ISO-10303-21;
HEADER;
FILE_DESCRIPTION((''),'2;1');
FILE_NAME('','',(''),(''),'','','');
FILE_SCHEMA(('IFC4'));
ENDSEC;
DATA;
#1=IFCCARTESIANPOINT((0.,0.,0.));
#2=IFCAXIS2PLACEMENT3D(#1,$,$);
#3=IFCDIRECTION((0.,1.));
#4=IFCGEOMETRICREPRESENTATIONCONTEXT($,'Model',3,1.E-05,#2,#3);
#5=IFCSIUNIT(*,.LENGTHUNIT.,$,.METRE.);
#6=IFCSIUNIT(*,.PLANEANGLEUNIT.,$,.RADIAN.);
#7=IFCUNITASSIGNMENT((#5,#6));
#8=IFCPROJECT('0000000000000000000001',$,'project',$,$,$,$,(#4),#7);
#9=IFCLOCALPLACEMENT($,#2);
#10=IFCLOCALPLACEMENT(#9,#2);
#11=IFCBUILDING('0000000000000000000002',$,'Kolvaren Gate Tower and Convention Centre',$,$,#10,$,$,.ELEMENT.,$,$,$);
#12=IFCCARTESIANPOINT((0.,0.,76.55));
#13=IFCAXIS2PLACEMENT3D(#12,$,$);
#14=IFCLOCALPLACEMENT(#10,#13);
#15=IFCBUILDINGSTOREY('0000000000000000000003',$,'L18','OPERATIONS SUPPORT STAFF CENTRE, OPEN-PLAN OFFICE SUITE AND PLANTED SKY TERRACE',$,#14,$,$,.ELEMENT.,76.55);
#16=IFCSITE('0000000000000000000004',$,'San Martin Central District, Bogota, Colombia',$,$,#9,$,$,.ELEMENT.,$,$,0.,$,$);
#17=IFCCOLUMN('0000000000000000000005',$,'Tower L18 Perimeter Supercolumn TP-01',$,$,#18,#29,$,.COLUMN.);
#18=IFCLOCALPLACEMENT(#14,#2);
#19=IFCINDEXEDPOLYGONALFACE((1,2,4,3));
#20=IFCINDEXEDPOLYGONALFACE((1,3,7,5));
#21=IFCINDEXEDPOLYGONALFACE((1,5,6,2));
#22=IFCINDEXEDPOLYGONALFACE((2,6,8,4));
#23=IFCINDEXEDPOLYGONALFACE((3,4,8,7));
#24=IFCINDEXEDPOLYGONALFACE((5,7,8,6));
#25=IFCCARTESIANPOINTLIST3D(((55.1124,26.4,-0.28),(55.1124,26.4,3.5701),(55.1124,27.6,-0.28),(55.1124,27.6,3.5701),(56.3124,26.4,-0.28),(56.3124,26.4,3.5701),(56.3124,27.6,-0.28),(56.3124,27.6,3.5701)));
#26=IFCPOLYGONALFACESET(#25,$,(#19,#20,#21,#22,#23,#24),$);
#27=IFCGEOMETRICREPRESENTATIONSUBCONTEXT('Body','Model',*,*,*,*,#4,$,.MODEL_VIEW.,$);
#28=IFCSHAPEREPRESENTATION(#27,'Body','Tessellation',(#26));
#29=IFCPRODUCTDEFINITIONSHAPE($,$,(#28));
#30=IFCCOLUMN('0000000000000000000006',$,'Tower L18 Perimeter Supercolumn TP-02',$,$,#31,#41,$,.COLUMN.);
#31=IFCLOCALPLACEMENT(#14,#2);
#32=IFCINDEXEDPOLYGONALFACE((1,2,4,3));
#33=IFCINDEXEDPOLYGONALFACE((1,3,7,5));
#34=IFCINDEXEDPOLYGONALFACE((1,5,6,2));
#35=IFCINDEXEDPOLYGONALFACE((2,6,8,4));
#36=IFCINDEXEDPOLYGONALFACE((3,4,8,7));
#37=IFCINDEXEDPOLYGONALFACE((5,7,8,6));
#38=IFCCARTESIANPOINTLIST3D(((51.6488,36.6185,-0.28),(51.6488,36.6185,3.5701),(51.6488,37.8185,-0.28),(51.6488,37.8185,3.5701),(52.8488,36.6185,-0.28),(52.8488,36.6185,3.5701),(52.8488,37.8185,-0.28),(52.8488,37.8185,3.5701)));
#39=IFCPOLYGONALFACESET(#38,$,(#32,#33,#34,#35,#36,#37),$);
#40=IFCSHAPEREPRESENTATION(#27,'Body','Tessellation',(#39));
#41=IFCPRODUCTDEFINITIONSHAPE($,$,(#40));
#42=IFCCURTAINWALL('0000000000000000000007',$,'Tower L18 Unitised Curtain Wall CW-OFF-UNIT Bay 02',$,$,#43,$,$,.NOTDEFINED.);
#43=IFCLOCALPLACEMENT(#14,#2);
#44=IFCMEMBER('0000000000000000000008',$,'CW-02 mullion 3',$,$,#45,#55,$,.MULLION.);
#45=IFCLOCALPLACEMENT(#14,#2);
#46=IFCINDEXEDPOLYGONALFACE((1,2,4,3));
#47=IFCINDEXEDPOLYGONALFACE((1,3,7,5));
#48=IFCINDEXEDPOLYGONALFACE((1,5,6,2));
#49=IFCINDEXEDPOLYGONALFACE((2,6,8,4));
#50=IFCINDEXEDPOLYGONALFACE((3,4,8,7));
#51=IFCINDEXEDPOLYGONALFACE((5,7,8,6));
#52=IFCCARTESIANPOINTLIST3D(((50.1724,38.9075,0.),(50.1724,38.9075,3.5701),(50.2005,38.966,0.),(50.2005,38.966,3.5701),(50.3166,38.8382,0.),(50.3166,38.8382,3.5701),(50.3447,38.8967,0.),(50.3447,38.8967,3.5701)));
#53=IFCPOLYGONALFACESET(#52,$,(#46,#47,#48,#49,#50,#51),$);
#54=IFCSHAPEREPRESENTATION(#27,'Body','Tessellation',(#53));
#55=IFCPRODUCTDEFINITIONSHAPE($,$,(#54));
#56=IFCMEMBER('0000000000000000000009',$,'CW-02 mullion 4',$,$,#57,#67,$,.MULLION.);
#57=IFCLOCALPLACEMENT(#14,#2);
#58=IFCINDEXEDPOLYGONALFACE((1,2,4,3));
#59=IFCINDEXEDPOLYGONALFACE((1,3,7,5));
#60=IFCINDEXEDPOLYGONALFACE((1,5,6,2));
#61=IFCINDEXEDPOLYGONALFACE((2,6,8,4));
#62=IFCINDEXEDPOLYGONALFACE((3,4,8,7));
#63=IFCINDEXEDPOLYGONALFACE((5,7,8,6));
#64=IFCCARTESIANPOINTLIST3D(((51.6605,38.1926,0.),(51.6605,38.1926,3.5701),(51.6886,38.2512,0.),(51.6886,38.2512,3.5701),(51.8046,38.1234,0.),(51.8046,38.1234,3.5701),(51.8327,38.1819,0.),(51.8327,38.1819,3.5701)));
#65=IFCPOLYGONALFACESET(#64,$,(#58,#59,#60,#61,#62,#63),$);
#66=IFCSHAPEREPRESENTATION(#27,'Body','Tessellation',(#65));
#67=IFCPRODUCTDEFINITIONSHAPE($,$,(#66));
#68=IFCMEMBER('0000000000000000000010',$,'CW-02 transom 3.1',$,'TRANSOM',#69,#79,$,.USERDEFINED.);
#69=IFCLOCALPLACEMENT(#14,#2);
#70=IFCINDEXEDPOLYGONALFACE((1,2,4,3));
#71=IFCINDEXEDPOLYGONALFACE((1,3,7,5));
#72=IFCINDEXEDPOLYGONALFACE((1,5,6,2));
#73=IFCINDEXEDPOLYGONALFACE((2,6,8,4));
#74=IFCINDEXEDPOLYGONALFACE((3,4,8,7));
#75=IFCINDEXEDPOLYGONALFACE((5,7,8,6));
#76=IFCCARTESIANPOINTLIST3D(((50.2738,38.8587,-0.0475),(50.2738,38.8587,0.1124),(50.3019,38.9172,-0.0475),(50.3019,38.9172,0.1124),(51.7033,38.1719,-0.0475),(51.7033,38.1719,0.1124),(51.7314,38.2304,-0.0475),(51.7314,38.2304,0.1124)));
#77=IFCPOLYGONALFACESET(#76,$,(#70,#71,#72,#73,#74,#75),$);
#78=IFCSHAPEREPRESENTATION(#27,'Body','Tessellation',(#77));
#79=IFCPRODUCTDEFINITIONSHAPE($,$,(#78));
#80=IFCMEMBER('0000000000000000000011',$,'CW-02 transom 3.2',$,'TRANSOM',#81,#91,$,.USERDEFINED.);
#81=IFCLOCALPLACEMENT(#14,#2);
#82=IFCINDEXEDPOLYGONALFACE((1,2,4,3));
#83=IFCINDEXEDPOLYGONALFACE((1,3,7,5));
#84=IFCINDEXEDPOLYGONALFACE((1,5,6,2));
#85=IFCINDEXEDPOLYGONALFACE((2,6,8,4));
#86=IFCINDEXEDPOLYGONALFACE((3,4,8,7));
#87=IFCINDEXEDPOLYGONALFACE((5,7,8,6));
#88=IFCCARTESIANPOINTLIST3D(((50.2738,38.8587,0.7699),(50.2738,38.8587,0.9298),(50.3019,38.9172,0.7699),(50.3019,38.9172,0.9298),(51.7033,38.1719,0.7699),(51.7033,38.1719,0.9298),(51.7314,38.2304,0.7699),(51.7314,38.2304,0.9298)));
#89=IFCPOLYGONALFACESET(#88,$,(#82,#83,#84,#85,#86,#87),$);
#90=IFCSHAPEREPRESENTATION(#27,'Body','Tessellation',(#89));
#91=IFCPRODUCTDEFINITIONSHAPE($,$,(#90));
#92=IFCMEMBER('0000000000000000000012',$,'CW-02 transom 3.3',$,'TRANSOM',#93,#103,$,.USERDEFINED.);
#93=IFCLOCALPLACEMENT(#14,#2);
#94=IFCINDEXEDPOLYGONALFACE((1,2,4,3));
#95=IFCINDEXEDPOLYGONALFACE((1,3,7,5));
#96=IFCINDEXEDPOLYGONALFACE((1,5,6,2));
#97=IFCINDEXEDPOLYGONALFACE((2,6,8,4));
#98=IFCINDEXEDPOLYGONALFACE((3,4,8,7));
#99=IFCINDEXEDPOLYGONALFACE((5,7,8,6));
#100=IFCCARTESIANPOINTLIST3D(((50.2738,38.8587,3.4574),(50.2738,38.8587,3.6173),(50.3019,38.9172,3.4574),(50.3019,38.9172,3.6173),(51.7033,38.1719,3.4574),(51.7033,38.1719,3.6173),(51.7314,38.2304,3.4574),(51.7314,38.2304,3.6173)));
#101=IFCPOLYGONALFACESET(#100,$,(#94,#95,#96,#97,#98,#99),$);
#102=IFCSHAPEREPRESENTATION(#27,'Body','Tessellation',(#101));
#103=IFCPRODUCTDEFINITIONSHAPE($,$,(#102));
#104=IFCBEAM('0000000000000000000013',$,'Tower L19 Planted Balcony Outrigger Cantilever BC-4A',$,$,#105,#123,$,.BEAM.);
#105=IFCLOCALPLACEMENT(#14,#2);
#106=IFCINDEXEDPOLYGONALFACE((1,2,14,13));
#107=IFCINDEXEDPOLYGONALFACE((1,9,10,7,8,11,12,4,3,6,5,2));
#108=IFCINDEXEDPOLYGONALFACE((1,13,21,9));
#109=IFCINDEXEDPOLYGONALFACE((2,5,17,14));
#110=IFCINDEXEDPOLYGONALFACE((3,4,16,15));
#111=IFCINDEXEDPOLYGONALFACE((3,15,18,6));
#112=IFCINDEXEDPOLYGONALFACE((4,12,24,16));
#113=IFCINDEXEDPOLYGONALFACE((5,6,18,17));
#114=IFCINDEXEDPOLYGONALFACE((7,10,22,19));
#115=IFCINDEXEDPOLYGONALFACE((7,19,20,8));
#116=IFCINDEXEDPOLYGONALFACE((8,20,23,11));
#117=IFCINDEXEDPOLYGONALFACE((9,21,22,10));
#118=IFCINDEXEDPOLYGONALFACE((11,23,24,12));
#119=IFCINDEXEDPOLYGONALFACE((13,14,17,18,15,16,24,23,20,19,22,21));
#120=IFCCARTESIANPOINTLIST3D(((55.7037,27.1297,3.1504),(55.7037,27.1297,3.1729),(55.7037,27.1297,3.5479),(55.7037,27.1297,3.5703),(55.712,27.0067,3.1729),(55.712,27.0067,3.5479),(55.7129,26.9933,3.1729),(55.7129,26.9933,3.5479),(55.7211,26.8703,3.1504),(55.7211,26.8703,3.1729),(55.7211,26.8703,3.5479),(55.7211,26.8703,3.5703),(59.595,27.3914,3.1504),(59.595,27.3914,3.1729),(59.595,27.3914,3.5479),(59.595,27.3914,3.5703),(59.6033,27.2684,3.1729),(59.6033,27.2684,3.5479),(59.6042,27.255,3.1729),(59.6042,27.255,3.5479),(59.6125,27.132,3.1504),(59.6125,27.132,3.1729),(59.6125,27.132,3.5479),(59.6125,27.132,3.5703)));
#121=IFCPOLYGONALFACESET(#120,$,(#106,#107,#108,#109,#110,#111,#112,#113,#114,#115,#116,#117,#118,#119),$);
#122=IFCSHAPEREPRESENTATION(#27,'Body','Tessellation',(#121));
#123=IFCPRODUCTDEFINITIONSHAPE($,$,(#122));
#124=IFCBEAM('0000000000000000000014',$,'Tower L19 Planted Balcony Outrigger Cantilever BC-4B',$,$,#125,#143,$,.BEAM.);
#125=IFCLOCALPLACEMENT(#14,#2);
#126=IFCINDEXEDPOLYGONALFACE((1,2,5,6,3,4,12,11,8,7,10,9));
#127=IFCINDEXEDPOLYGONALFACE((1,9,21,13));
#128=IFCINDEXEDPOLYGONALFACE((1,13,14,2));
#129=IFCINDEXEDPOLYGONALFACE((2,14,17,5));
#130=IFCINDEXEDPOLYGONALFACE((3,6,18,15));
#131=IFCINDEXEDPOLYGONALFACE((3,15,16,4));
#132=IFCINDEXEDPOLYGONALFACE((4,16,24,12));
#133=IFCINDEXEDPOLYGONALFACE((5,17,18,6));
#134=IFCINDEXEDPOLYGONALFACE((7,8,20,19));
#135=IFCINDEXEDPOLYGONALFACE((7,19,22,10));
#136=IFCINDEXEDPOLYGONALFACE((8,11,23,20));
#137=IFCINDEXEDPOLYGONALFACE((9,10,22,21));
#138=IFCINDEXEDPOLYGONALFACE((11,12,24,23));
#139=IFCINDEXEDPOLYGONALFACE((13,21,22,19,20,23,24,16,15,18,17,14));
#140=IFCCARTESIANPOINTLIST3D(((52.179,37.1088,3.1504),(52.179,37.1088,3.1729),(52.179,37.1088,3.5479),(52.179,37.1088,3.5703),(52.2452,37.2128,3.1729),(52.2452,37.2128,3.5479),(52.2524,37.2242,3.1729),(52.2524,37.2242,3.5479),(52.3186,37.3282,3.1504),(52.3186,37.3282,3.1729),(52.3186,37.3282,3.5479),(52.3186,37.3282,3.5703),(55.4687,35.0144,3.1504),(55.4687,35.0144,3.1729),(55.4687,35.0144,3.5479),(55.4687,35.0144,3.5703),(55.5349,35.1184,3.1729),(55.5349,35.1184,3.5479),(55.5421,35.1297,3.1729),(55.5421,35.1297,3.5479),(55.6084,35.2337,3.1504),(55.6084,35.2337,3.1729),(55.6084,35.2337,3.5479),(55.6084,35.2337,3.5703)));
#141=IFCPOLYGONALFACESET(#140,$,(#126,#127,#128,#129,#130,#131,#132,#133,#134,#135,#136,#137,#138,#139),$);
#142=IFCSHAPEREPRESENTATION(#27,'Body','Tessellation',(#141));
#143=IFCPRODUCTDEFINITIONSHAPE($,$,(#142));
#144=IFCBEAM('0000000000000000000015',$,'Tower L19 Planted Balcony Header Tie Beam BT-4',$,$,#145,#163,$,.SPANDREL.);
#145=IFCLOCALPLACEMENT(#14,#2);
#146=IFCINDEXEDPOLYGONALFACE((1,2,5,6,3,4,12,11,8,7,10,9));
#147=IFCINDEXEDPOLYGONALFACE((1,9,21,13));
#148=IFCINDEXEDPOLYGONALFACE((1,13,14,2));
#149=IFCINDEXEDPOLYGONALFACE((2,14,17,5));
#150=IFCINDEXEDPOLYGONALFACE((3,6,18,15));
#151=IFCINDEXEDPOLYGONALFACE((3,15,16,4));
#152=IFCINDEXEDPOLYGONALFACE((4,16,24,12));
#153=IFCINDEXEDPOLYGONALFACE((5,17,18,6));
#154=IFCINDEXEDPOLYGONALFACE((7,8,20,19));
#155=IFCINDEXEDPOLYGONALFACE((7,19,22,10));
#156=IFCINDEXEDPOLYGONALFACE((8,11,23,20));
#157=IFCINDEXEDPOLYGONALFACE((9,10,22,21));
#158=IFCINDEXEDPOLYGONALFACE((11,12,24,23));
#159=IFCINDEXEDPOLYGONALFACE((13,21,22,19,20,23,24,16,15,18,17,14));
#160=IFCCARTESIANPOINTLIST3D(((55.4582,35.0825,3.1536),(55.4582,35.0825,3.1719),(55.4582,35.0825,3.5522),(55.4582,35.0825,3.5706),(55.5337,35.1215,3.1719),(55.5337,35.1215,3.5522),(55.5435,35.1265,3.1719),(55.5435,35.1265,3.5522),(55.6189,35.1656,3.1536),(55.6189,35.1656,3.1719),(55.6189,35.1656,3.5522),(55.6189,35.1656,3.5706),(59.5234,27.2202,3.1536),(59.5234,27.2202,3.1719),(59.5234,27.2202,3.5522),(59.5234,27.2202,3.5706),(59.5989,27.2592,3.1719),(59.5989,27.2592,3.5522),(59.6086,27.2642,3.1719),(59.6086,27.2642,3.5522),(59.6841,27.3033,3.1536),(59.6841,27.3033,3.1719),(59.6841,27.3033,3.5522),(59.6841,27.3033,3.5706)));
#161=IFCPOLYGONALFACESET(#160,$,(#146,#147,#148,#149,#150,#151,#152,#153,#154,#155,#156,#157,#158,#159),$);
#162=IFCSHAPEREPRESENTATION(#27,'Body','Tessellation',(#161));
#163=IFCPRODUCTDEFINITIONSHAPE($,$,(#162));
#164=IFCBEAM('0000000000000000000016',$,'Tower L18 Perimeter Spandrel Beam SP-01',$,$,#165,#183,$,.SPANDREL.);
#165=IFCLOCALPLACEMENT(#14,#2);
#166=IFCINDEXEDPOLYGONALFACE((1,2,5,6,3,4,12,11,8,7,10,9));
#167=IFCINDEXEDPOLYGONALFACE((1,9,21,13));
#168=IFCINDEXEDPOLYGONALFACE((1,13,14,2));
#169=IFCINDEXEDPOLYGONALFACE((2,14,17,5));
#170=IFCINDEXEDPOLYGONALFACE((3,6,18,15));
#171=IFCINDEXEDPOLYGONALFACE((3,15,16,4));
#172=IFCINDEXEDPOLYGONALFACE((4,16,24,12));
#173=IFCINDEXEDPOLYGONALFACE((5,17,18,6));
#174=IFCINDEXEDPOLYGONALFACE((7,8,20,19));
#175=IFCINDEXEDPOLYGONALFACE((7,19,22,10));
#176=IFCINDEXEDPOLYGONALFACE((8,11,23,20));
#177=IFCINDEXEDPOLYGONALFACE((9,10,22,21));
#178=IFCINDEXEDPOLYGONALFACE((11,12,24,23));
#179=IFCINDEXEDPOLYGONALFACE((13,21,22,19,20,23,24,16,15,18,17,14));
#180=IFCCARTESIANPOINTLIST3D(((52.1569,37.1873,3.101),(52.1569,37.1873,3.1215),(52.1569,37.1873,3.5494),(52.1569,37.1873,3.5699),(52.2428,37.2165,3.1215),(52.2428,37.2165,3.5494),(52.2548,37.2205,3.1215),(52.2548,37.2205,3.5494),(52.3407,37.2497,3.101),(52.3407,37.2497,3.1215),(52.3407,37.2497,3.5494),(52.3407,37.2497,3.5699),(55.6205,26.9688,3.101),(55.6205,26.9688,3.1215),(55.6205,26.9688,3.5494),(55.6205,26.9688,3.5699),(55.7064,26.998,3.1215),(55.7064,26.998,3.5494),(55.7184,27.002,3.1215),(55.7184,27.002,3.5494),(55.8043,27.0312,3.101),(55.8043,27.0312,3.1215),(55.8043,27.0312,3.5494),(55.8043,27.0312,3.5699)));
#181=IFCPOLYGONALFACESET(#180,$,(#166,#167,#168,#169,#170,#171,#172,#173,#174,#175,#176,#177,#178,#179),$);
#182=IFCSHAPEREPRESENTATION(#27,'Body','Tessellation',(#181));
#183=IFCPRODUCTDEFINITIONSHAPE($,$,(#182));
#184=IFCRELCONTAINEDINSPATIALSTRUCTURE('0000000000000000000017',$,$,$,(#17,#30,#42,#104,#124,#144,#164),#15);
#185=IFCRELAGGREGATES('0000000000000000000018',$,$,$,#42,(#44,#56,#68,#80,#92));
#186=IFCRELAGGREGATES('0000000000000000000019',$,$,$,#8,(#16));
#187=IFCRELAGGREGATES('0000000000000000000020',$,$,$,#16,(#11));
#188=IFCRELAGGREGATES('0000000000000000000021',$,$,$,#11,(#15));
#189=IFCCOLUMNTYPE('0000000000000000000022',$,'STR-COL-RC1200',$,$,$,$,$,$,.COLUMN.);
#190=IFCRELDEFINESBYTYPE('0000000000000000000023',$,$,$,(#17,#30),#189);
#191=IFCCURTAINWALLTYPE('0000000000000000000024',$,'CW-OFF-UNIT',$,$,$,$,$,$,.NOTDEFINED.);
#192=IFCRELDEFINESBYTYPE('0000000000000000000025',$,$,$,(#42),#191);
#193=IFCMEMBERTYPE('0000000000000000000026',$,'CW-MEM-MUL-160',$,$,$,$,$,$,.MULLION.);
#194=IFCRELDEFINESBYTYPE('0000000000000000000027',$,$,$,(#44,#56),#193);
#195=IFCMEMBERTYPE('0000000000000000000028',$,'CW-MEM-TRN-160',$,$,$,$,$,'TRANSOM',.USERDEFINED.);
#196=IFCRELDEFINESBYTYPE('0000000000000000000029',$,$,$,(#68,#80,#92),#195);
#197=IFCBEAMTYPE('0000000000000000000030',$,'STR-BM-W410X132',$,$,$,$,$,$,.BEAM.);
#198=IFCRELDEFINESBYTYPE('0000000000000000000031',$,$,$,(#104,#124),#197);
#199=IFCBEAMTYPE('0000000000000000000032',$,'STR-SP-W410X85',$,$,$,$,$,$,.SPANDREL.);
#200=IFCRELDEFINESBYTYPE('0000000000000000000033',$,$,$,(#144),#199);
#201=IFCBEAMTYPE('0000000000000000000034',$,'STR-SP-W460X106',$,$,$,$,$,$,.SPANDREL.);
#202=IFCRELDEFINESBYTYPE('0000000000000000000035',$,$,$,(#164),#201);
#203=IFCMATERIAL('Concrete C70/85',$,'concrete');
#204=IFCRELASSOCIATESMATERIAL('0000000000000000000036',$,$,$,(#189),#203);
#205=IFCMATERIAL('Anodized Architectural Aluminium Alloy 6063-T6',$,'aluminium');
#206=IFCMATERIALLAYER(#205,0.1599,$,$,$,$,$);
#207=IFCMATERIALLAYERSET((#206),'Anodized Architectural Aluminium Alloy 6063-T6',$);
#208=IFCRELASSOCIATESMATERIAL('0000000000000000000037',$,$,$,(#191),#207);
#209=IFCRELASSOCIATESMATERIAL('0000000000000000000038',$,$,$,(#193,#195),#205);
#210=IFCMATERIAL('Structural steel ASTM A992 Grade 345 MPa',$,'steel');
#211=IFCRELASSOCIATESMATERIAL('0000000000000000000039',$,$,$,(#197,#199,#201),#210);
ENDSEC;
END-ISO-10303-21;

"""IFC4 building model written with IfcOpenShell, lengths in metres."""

from ifc_helpers import new_model, si_unit, direction, frame, origin, origin_2d, place, context, subcontext, project, spatial, rectangle, i_section, extrude, material, layer, layer_set, material_profile, profile_set, type_object, element, aggregate, save


model = new_model("IFC4")

# Units and contexts
model_context = context("Model", 3, precision=1e-05, world=origin(), true_north=direction((0.0, 1.0)))
body_context = subcontext(model_context, "Body", "Model", "MODEL_VIEW")
ifc_project = project(units=[si_unit("LENGTHUNIT", "METRE"), si_unit("PLANEANGLEUNIT", "RADIAN")], contexts=[model_context])

# Site, building, storey
site_placement = place(None, origin())
site = spatial("IfcSite", under=ifc_project, at=site_placement, Name="San Martin Central District, Bogota, Colombia", CompositionType="ELEMENT", RefElevation=0.0)
building_placement = place(site_placement, origin())
building = spatial("IfcBuilding", under=site, at=building_placement, Name="Kolvaren Gate Tower and Convention Centre", CompositionType="ELEMENT")
storey_placement = place(building_placement, frame((0.0, 0.0, 76.55)))
storey = spatial("IfcBuildingStorey", under=building, at=storey_placement, Name="L18", Description="OPERATIONS SUPPORT STAFF CENTRE, OPEN-PLAN OFFICE SUITE AND PLANTED SKY TERRACE", CompositionType="ELEMENT", Elevation=76.55)

# Columns
ifc_material_1 = material(Name="Concrete C70/85", Category="concrete")
ifc_material_profile_1 = material_profile(ifc_material_1, rectangle(XDim=1.2, YDim=1.2, at=origin_2d()), Name="RC-COL-1200X1200")
ifc_profile_set_1 = profile_set([ifc_material_profile_1], Name="Concrete C70/85")
column_type = type_object("IfcColumnType", Name="STR-COL-RC1200", PredefinedType="COLUMN", material=ifc_profile_set_1)
for number, where, z_axis, x_axis, name in (
    (1, (55.7124, 27.0, -0.28), (0.0, 0.0, 1.0), (1.0, 0.0, 0.0), "Tower L18 Perimeter Supercolumn TP-01"),
    (2, (52.2488, 37.2185, -0.28), (0.0, 0.0, 1.0), (1.0, 0.0, 0.0), "Tower L18 Perimeter Supercolumn TP-02"),
):
    element("IfcColumn", number, at=place(storey_placement, frame(where, z_axis=z_axis, x_axis=x_axis)), inside=storey, type_object=column_type, Name=name, PredefinedType="COLUMN", context=body_context, shape_type="SweptSolid", body=[
        extrude(rectangle(XDim=1.2, YDim=1.2, at=origin_2d()), origin(), (0.0, 0.0, 1.0), 3.8501),
    ])

# Curtain wall, members
ifc_material_2 = material(Name="Anodized Architectural Aluminium Alloy 6063-T6", Category="aluminium")
ifc_layer_1 = layer(ifc_material_2, 0.1599)
ifc_layer_set_1 = layer_set([ifc_layer_1], Name="Anodized Architectural Aluminium Alloy 6063-T6")
curtain_wall_type = type_object("IfcCurtainWallType", Name="CW-OFF-UNIT", PredefinedType="NOTDEFINED", material=ifc_layer_set_1)
curtain_wall_placement = place(storey_placement, origin())
curtain_wall = element("IfcCurtainWall", 3, at=curtain_wall_placement, inside=storey, type_object=curtain_wall_type, Name="Tower L18 Unitised Curtain Wall CW-OFF-UNIT Bay 02", PredefinedType="NOTDEFINED")
ifc_material_profile_2 = material_profile(ifc_material_2, rectangle(XDim=0.0649, YDim=0.1599, at=origin_2d()), Name="CW-MEM-MUL-160")
ifc_profile_set_2 = profile_set([ifc_material_profile_2], Name="Anodized Architectural Aluminium Alloy 6063-T6")
member_type_1 = type_object("IfcMemberType", Name="CW-MEM-MUL-160", PredefinedType="MULLION", material=ifc_profile_set_2)
member_1_placement = place(storey_placement, frame((50.2585, 38.9021, 0.0), z_axis=(0.0, 0.0, 1.0), x_axis=(0.433067, 0.901362, 0.0)))
member_1 = element("IfcMember", 4, at=member_1_placement, type_object=member_type_1, Name="CW-02 mullion 3", PredefinedType="MULLION", context=body_context, shape_type="SweptSolid", body=[
    extrude(rectangle(XDim=0.0649, YDim=0.1599, at=origin_2d()), origin(), (0.0, 0.0, 1.0), 3.5701),
])
member_2_placement = place(storey_placement, frame((51.7466, 38.1873, 0.0), z_axis=(0.0, 0.0, 1.0), x_axis=(0.433067, 0.901362, 0.0)))
member_2 = element("IfcMember", 5, at=member_2_placement, type_object=member_type_1, Name="CW-02 mullion 4", PredefinedType="MULLION", context=body_context, shape_type="SweptSolid", body=[
    extrude(rectangle(XDim=0.0649, YDim=0.1599, at=origin_2d()), origin(), (0.0, 0.0, 1.0), 3.5701),
])
ifc_material_profile_3 = material_profile(ifc_material_2, rectangle(XDim=0.0649, YDim=0.1599, at=origin_2d()), Name="CW-MEM-TRN-160")
ifc_profile_set_3 = profile_set([ifc_material_profile_3], Name="Anodized Architectural Aluminium Alloy 6063-T6")
member_type_2 = type_object("IfcMemberType", Name="CW-MEM-TRN-160", ElementType="TRANSOM", PredefinedType="USERDEFINED", material=ifc_profile_set_3)
member_3_placement = place(storey_placement, frame((50.2878, 38.8879, 0.0325), z_axis=(0.901367, -0.433056, 0.0), x_axis=(0.433056, 0.901367, 0.0)))
member_3 = element("IfcMember", 6, at=member_3_placement, type_object=member_type_2, Name="CW-02 transom 3.1", ObjectType="TRANSOM", PredefinedType="USERDEFINED", context=body_context, shape_type="SweptSolid", body=[
    extrude(rectangle(XDim=0.0649, YDim=0.1599, at=origin_2d()), origin(), (0.0, 0.0, 1.0), 1.5859),
])
member_4_placement = place(storey_placement, frame((50.2878, 38.8879, 0.8499), z_axis=(0.901367, -0.433056, 0.0), x_axis=(0.433056, 0.901367, 0.0)))
member_4 = element("IfcMember", 7, at=member_4_placement, type_object=member_type_2, Name="CW-02 transom 3.2", ObjectType="TRANSOM", PredefinedType="USERDEFINED", context=body_context, shape_type="SweptSolid", body=[
    extrude(rectangle(XDim=0.0649, YDim=0.1599, at=origin_2d()), origin(), (0.0, 0.0, 1.0), 1.5859),
])
member_5_placement = place(storey_placement, frame((50.2878, 38.8879, 3.5374), z_axis=(0.901367, -0.433056, 0.0), x_axis=(0.433056, 0.901367, 0.0)))
member_5 = element("IfcMember", 8, at=member_5_placement, type_object=member_type_2, Name="CW-02 transom 3.3", ObjectType="TRANSOM", PredefinedType="USERDEFINED", context=body_context, shape_type="SweptSolid", body=[
    extrude(rectangle(XDim=0.0649, YDim=0.1599, at=origin_2d()), origin(), (0.0, 0.0, 1.0), 1.5859),
])

# Beams
ifc_material_3 = material(Name="Structural steel ASTM A992 Grade 345 MPa", Category="steel")
ifc_material_profile_4 = material_profile(ifc_material_3, i_section(OverallWidth=0.26, OverallDepth=0.4199, WebThickness=0.0134, FlangeThickness=0.0225, at=origin_2d()), Name="W410X132")
ifc_profile_set_4 = profile_set([ifc_material_profile_4], Name="Structural steel ASTM A992 Grade 345 MPa")
beam_type_1 = type_object("IfcBeamType", Name="STR-BM-W410X132", PredefinedType="BEAM", material=ifc_profile_set_4)
beam_1_placement = place(storey_placement, frame((55.7124, 27.0, 3.3604), z_axis=(0.997746, 0.067105, 0.0), x_axis=(-0.067105, 0.997746, 0.0)))
element("IfcBeam", 9, at=beam_1_placement, inside=storey, type_object=beam_type_1, Name="Tower L19 Planted Balcony Outrigger Cantilever BC-4A", PredefinedType="BEAM", context=body_context, shape_type="SweptSolid", body=[
    extrude(i_section(OverallWidth=0.26, OverallDepth=0.4199, WebThickness=0.0134, FlangeThickness=0.0225, at=origin_2d()), origin(), (0.0, 0.0, 1.0), 3.9001),
])
beam_2_placement = place(storey_placement, frame((52.2488, 37.2185, 3.3604), z_axis=(0.843548, -0.537054, 0.0), x_axis=(0.537054, 0.843548, 0.0)))
element("IfcBeam", 10, at=beam_2_placement, inside=storey, type_object=beam_type_1, Name="Tower L19 Planted Balcony Outrigger Cantilever BC-4B", PredefinedType="BEAM", context=body_context, shape_type="SweptSolid", body=[
    extrude(i_section(OverallWidth=0.26, OverallDepth=0.4199, WebThickness=0.0134, FlangeThickness=0.0225, at=origin_2d()), origin(), (0.0, 0.0, 1.0), 3.8999),
])
ifc_material_profile_5 = material_profile(ifc_material_3, i_section(OverallWidth=0.1809, OverallDepth=0.417, WebThickness=0.011, FlangeThickness=0.0183, at=origin_2d()), Name="W410X85")
ifc_profile_set_5 = profile_set([ifc_material_profile_5], Name="Structural steel ASTM A992 Grade 345 MPa")
beam_type_2 = type_object("IfcBeamType", Name="STR-SP-W410X85", PredefinedType="SPANDREL", material=ifc_profile_set_5)
beam_3_placement = place(storey_placement, frame((59.6038, 27.2617, 3.3621), z_axis=(-0.459287, 0.888288, 0.0), x_axis=(-0.888288, -0.459287, 0.0)))
element("IfcBeam", 11, at=beam_3_placement, inside=storey, type_object=beam_type_2, Name="Tower L19 Planted Balcony Header Tie Beam BT-4", PredefinedType="SPANDREL", context=body_context, shape_type="SweptSolid", body=[
    extrude(i_section(OverallWidth=0.1809, OverallDepth=0.417, WebThickness=0.011, FlangeThickness=0.0183, at=origin_2d()), origin(), (0.0, 0.0, 1.0), 8.8511),
])
ifc_material_profile_6 = material_profile(ifc_material_3, i_section(OverallWidth=0.1941, OverallDepth=0.469, WebThickness=0.0127, FlangeThickness=0.0205, at=origin_2d()), Name="W460X106")
ifc_profile_set_6 = profile_set([ifc_material_profile_6], Name="Structural steel ASTM A992 Grade 345 MPa")
beam_type_3 = type_object("IfcBeamType", Name="STR-SP-W460X106", PredefinedType="SPANDREL", material=ifc_profile_set_6)
beam_4_placement = place(storey_placement, frame((55.7124, 27.0, 3.3354), z_axis=(-0.321016, 0.947074, 0.0), x_axis=(-0.947074, -0.321016, 0.0)))
element("IfcBeam", 12, at=beam_4_placement, inside=storey, type_object=beam_type_3, Name="Tower L18 Perimeter Spandrel Beam SP-01", PredefinedType="SPANDREL", context=body_context, shape_type="SweptSolid", body=[
    extrude(i_section(OverallWidth=0.1941, OverallDepth=0.469, WebThickness=0.0127, FlangeThickness=0.0205, at=origin_2d()), origin(), (0.0, 0.0, 1.0), 10.7896),
])

aggregate(curtain_wall, [member_1, member_2, member_3, member_4, member_5])

save(model, "model.ifc")
